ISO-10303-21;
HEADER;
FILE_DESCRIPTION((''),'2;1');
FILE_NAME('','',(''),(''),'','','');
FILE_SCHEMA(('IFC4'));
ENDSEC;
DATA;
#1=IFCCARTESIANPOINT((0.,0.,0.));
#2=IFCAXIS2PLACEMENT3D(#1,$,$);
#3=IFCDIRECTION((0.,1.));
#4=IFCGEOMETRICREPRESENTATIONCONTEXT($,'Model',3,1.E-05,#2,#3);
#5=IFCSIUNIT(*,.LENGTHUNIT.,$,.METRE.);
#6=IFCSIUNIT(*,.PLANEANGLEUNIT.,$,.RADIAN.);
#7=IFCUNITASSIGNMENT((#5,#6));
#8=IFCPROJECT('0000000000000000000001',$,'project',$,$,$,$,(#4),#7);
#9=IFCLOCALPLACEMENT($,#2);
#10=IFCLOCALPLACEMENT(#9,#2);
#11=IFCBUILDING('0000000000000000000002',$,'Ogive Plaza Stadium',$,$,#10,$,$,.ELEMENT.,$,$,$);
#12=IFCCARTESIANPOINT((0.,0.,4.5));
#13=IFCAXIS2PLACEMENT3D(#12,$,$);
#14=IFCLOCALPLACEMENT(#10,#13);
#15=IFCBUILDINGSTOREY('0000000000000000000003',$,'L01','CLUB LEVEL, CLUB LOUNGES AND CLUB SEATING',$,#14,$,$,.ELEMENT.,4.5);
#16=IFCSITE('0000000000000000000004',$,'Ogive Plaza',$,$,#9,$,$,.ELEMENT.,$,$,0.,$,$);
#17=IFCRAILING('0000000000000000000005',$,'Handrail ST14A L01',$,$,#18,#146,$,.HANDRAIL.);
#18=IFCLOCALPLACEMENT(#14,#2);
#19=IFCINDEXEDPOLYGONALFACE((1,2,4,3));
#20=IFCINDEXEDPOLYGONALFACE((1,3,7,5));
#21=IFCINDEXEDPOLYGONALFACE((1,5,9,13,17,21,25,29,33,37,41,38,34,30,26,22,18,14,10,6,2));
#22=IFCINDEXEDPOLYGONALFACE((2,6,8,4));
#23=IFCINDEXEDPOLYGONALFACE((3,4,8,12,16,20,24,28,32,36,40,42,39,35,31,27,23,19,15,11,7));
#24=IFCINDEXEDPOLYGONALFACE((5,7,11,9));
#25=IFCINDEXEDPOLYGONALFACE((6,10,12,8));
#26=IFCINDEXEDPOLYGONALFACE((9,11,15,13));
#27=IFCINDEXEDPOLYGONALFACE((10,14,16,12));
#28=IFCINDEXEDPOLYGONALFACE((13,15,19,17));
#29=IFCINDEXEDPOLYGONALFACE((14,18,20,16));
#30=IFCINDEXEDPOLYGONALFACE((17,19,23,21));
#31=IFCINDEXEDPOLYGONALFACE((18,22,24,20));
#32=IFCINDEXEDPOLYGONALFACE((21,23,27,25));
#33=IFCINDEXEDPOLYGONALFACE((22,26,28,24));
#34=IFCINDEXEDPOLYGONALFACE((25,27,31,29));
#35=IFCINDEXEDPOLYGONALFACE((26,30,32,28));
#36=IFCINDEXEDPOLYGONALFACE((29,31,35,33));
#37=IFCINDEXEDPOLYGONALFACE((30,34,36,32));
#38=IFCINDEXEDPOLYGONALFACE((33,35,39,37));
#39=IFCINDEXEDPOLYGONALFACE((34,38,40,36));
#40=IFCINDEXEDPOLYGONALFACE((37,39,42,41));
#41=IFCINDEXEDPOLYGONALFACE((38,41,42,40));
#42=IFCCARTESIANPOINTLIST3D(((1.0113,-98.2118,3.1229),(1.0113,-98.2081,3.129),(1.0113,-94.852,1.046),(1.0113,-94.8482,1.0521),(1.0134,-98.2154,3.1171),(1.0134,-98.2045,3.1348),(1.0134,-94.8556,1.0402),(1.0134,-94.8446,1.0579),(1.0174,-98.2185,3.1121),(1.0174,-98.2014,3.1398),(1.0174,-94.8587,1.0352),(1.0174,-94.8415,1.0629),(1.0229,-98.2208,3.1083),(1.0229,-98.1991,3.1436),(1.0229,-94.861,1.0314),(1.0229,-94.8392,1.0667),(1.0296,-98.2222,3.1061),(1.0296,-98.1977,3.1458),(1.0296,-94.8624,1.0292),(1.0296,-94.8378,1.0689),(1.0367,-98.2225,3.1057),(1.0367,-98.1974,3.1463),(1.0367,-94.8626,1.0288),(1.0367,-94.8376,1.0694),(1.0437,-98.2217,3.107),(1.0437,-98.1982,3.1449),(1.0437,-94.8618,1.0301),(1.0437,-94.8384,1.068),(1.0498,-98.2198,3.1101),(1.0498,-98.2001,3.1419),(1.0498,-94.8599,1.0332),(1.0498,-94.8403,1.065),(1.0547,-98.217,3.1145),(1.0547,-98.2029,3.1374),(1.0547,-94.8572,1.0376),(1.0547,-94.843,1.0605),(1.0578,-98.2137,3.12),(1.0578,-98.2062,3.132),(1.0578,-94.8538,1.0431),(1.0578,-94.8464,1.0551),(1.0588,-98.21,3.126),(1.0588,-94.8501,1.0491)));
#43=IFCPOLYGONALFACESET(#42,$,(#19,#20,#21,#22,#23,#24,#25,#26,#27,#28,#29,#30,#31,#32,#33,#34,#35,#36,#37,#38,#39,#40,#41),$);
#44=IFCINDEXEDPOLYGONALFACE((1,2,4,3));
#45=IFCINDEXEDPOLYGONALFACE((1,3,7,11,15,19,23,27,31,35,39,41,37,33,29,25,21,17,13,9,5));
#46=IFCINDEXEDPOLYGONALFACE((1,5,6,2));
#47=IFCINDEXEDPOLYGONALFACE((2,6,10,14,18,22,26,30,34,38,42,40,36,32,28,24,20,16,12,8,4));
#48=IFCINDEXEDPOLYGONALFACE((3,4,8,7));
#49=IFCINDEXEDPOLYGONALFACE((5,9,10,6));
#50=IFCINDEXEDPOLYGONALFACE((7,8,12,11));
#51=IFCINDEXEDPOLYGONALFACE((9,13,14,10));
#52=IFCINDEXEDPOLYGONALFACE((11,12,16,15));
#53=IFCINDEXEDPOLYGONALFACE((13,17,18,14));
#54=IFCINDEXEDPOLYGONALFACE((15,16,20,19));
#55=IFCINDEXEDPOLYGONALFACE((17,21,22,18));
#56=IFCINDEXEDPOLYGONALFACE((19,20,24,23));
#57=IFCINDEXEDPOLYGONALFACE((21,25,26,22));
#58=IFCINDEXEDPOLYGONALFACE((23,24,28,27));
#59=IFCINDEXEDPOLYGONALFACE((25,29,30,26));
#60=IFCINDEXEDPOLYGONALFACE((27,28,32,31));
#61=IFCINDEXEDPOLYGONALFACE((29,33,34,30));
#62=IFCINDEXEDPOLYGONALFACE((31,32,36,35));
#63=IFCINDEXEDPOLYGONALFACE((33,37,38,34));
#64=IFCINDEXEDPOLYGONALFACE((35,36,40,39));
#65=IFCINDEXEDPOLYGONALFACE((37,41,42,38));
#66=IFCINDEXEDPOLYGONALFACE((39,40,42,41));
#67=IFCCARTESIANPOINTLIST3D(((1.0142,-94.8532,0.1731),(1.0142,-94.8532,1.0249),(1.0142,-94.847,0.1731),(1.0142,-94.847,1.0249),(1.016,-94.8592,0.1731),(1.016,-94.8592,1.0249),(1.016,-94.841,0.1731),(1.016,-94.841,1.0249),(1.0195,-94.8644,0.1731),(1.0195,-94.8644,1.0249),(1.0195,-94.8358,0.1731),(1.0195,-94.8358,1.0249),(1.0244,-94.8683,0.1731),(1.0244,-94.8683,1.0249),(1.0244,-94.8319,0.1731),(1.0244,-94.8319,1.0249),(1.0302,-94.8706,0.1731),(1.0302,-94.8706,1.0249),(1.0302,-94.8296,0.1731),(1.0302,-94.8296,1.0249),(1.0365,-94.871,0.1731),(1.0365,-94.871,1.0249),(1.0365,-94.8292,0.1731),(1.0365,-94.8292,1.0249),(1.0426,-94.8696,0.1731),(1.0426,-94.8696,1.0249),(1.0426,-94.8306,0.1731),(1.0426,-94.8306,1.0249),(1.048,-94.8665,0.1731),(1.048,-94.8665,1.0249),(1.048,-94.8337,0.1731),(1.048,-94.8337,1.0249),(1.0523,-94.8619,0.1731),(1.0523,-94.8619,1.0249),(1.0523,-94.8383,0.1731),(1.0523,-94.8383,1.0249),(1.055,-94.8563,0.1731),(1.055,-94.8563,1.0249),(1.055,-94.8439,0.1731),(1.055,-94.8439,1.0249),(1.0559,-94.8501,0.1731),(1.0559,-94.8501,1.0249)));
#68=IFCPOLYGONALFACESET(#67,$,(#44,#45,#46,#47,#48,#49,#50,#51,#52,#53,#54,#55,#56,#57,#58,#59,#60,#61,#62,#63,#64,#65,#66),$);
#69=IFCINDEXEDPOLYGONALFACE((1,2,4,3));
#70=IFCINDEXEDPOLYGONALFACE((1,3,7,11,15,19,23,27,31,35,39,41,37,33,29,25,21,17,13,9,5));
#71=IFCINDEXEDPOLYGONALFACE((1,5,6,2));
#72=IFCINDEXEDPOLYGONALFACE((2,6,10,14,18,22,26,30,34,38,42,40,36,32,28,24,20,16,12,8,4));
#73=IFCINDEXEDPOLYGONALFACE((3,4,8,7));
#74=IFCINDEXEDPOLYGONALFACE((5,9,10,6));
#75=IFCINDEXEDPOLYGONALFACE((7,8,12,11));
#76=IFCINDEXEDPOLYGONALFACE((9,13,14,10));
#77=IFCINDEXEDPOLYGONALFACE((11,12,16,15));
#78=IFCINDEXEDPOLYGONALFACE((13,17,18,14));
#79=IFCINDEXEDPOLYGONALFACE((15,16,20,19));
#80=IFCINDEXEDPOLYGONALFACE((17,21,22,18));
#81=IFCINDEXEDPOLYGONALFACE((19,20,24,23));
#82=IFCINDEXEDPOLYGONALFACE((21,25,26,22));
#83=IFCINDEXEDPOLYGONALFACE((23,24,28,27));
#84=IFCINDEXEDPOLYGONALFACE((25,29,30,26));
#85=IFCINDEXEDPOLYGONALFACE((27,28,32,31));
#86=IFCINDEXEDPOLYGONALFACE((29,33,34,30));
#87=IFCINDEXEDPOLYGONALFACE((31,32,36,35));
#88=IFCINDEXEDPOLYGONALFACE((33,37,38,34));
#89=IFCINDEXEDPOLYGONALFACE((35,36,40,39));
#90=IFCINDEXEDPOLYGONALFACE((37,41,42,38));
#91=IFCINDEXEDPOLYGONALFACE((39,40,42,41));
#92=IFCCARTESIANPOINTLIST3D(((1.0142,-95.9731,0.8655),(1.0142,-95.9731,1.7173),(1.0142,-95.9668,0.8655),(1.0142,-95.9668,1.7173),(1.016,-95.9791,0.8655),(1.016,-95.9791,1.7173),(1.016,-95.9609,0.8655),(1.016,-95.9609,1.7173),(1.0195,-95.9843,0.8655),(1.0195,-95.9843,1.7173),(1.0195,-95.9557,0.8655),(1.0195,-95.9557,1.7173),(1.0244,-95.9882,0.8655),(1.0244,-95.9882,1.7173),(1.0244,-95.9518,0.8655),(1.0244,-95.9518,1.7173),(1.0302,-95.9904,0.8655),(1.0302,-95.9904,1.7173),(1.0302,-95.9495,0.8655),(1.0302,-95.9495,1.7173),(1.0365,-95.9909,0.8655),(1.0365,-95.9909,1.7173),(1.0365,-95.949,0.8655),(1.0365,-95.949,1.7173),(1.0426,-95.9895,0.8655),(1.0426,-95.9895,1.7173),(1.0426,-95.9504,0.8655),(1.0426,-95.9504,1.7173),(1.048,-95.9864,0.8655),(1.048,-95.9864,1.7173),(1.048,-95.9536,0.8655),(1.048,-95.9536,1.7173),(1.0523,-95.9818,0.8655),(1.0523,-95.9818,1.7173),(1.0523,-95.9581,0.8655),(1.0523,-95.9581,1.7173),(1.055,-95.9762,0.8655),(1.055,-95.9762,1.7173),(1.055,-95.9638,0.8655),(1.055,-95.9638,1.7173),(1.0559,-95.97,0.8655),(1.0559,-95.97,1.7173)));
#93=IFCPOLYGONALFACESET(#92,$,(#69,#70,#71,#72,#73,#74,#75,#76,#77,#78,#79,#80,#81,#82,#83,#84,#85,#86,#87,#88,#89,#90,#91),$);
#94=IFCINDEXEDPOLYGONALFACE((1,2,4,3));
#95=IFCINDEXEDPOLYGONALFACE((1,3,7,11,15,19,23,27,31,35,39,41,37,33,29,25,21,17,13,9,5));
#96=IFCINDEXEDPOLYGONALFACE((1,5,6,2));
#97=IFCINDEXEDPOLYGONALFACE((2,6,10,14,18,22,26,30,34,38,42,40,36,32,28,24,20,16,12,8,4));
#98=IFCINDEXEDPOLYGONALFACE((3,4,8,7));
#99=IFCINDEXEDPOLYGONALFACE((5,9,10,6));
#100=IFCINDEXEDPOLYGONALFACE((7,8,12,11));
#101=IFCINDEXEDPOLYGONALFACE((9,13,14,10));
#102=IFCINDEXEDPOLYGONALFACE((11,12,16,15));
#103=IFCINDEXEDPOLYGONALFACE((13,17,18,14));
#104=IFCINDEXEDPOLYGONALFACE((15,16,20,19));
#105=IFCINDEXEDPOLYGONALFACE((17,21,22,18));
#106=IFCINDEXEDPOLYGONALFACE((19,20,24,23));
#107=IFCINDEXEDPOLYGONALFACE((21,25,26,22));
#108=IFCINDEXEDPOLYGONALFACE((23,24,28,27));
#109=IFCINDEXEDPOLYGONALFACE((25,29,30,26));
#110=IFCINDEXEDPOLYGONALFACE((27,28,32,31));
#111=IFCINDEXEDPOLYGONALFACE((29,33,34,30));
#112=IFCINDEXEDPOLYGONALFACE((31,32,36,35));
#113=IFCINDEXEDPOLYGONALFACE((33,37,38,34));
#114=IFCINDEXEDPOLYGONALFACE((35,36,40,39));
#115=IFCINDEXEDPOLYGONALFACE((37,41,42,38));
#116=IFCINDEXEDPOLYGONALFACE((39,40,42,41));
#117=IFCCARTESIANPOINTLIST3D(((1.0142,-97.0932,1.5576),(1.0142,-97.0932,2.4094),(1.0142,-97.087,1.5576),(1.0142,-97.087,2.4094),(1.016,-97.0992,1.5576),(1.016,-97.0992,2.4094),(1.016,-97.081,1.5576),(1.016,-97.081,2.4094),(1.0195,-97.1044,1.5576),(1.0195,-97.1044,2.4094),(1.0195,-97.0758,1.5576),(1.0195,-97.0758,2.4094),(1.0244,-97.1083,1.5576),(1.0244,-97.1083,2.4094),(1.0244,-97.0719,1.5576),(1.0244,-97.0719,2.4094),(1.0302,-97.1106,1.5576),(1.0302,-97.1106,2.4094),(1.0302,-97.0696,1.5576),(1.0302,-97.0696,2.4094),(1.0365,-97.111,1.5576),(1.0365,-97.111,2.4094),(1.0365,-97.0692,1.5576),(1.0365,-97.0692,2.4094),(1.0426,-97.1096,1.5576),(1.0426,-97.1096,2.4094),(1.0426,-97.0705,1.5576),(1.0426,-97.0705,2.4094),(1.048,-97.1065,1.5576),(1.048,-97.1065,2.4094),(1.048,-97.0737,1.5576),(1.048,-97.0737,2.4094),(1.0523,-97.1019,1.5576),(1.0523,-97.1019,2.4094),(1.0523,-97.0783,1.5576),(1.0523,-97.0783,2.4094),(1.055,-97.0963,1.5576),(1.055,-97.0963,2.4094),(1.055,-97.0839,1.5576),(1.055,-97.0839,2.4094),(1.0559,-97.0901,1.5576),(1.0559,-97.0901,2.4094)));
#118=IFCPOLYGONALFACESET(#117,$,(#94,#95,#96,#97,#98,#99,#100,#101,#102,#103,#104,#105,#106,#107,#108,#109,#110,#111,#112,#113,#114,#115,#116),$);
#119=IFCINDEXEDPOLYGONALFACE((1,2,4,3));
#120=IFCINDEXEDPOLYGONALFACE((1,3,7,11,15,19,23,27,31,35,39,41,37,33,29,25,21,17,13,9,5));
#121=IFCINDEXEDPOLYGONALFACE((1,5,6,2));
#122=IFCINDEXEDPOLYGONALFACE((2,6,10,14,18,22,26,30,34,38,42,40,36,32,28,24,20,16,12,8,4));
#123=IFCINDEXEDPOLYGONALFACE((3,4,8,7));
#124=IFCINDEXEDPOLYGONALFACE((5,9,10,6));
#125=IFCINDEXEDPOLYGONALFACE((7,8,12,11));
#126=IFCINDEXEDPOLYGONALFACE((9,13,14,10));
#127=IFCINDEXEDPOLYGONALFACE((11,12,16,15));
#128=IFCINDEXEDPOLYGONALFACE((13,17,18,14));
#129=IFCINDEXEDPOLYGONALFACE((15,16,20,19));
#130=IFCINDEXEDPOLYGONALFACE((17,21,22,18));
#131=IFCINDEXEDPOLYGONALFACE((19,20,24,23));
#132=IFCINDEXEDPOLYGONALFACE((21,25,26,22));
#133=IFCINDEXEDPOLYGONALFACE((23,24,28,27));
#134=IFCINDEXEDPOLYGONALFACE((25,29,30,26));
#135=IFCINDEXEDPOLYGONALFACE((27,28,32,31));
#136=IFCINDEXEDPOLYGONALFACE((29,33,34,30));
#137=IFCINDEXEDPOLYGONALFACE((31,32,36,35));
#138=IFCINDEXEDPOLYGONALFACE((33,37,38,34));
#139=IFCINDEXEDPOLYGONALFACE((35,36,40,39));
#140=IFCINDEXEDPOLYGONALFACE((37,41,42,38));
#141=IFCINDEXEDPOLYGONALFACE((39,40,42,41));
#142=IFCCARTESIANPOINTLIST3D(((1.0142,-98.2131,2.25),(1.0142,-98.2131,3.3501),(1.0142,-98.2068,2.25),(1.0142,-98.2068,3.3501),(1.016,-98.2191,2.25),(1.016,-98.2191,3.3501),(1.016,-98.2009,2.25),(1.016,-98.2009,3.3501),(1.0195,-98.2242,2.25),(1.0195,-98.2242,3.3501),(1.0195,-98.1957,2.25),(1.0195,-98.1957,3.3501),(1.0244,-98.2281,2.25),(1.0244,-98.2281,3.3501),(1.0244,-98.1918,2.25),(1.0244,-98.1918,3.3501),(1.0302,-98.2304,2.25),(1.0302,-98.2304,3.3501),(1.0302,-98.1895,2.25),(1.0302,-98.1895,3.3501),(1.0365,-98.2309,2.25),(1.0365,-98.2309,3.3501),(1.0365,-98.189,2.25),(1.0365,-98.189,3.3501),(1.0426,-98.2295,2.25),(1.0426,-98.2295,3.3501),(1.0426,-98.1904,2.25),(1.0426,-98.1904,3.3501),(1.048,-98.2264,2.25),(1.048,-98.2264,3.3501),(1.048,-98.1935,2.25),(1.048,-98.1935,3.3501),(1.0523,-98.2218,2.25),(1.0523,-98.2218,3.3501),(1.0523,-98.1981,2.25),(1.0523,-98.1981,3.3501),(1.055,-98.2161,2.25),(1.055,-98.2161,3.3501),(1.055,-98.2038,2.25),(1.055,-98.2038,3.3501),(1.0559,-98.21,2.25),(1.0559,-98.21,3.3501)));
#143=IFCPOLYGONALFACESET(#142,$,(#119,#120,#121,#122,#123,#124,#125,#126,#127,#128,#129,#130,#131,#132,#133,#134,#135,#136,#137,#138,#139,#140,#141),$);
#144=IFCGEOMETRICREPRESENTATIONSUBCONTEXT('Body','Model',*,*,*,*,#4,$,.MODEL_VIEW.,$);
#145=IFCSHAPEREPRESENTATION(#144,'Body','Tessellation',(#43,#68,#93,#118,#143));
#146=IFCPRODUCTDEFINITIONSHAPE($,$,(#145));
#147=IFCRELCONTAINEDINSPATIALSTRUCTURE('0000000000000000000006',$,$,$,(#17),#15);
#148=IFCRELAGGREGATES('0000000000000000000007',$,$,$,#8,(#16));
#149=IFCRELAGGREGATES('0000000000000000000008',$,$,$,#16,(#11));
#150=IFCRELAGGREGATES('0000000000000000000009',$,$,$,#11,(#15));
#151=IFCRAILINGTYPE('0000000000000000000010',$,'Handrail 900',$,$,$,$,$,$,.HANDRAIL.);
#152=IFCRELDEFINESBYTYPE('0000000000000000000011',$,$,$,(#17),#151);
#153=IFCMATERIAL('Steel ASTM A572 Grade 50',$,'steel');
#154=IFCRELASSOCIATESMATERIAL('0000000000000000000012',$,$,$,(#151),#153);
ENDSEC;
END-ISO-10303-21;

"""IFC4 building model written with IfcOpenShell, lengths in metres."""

from ifc_helpers import new_model, si_unit, direction, frame, origin, origin_2d, place, context, subcontext, project, spatial, circle, extrude, material, type_object, element, save


model = new_model("IFC4")

# Units and contexts
model_context = context("Model", 3, precision=1e-05, world=origin(), true_north=direction((0.0, 1.0)))
body_context = subcontext(model_context, "Body", "Model", "MODEL_VIEW")
ifc_project = project(units=[si_unit("LENGTHUNIT", "METRE"), si_unit("PLANEANGLEUNIT", "RADIAN")], contexts=[model_context])

# Site, building, storey
site_placement = place(None, origin())
site = spatial("IfcSite", under=ifc_project, at=site_placement, Name="Ogive Plaza", CompositionType="ELEMENT", RefElevation=0.0)
building_placement = place(site_placement, origin())
building = spatial("IfcBuilding", under=site, at=building_placement, Name="Ogive Plaza Stadium", CompositionType="ELEMENT")
storey_placement = place(building_placement, frame((0.0, 0.0, 4.5)))
storey = spatial("IfcBuildingStorey", under=building, at=storey_placement, Name="L01", Description="CLUB LEVEL, CLUB LOUNGES AND CLUB SEATING", CompositionType="ELEMENT", Elevation=4.5)

# Railing
ifc_material_1 = material(Name="Steel ASTM A572 Grade 50", Category="steel")
railing_type_1 = type_object("IfcRailingType", Name="Handrail 900", PredefinedType="HANDRAIL", material=ifc_material_1)
for number, where, name in (
    (1, (1.0349, -94.8501, 0.1731), "Handrail ST14A L01"),
):
    element("IfcRailing", number, at=place(storey_placement, frame(where)), inside=storey, type_object=railing_type_1, Name=name, PredefinedType="HANDRAIL", context=body_context, shape_type="SweptSolid", body=[
        extrude(circle(Radius=0.0239, at=origin_2d()), frame((0.0, 0.0, 0.876), z_axis=(0.0, -0.850606, 0.525803), x_axis=(1.0, 0.0, 0.0)), (0.0, 0.0, 1.0), 3.95),
        extrude(circle(Radius=0.021, at=origin_2d()), origin(), (0.0, 0.0, 1.0), 0.8518),
        extrude(circle(Radius=0.021, at=origin_2d()), frame((0.0, -1.1199, 0.6924)), (0.0, 0.0, 1.0), 0.8518),
        extrude(circle(Radius=0.021, at=origin_2d()), frame((0.0, -2.24, 1.3845)), (0.0, 0.0, 1.0), 0.8518),
        extrude(circle(Radius=0.021, at=origin_2d()), frame((0.0, -3.3599, 2.0769)), (0.0, 0.0, 1.0), 1.1001),
    ])

save(model, "model.ifc")
